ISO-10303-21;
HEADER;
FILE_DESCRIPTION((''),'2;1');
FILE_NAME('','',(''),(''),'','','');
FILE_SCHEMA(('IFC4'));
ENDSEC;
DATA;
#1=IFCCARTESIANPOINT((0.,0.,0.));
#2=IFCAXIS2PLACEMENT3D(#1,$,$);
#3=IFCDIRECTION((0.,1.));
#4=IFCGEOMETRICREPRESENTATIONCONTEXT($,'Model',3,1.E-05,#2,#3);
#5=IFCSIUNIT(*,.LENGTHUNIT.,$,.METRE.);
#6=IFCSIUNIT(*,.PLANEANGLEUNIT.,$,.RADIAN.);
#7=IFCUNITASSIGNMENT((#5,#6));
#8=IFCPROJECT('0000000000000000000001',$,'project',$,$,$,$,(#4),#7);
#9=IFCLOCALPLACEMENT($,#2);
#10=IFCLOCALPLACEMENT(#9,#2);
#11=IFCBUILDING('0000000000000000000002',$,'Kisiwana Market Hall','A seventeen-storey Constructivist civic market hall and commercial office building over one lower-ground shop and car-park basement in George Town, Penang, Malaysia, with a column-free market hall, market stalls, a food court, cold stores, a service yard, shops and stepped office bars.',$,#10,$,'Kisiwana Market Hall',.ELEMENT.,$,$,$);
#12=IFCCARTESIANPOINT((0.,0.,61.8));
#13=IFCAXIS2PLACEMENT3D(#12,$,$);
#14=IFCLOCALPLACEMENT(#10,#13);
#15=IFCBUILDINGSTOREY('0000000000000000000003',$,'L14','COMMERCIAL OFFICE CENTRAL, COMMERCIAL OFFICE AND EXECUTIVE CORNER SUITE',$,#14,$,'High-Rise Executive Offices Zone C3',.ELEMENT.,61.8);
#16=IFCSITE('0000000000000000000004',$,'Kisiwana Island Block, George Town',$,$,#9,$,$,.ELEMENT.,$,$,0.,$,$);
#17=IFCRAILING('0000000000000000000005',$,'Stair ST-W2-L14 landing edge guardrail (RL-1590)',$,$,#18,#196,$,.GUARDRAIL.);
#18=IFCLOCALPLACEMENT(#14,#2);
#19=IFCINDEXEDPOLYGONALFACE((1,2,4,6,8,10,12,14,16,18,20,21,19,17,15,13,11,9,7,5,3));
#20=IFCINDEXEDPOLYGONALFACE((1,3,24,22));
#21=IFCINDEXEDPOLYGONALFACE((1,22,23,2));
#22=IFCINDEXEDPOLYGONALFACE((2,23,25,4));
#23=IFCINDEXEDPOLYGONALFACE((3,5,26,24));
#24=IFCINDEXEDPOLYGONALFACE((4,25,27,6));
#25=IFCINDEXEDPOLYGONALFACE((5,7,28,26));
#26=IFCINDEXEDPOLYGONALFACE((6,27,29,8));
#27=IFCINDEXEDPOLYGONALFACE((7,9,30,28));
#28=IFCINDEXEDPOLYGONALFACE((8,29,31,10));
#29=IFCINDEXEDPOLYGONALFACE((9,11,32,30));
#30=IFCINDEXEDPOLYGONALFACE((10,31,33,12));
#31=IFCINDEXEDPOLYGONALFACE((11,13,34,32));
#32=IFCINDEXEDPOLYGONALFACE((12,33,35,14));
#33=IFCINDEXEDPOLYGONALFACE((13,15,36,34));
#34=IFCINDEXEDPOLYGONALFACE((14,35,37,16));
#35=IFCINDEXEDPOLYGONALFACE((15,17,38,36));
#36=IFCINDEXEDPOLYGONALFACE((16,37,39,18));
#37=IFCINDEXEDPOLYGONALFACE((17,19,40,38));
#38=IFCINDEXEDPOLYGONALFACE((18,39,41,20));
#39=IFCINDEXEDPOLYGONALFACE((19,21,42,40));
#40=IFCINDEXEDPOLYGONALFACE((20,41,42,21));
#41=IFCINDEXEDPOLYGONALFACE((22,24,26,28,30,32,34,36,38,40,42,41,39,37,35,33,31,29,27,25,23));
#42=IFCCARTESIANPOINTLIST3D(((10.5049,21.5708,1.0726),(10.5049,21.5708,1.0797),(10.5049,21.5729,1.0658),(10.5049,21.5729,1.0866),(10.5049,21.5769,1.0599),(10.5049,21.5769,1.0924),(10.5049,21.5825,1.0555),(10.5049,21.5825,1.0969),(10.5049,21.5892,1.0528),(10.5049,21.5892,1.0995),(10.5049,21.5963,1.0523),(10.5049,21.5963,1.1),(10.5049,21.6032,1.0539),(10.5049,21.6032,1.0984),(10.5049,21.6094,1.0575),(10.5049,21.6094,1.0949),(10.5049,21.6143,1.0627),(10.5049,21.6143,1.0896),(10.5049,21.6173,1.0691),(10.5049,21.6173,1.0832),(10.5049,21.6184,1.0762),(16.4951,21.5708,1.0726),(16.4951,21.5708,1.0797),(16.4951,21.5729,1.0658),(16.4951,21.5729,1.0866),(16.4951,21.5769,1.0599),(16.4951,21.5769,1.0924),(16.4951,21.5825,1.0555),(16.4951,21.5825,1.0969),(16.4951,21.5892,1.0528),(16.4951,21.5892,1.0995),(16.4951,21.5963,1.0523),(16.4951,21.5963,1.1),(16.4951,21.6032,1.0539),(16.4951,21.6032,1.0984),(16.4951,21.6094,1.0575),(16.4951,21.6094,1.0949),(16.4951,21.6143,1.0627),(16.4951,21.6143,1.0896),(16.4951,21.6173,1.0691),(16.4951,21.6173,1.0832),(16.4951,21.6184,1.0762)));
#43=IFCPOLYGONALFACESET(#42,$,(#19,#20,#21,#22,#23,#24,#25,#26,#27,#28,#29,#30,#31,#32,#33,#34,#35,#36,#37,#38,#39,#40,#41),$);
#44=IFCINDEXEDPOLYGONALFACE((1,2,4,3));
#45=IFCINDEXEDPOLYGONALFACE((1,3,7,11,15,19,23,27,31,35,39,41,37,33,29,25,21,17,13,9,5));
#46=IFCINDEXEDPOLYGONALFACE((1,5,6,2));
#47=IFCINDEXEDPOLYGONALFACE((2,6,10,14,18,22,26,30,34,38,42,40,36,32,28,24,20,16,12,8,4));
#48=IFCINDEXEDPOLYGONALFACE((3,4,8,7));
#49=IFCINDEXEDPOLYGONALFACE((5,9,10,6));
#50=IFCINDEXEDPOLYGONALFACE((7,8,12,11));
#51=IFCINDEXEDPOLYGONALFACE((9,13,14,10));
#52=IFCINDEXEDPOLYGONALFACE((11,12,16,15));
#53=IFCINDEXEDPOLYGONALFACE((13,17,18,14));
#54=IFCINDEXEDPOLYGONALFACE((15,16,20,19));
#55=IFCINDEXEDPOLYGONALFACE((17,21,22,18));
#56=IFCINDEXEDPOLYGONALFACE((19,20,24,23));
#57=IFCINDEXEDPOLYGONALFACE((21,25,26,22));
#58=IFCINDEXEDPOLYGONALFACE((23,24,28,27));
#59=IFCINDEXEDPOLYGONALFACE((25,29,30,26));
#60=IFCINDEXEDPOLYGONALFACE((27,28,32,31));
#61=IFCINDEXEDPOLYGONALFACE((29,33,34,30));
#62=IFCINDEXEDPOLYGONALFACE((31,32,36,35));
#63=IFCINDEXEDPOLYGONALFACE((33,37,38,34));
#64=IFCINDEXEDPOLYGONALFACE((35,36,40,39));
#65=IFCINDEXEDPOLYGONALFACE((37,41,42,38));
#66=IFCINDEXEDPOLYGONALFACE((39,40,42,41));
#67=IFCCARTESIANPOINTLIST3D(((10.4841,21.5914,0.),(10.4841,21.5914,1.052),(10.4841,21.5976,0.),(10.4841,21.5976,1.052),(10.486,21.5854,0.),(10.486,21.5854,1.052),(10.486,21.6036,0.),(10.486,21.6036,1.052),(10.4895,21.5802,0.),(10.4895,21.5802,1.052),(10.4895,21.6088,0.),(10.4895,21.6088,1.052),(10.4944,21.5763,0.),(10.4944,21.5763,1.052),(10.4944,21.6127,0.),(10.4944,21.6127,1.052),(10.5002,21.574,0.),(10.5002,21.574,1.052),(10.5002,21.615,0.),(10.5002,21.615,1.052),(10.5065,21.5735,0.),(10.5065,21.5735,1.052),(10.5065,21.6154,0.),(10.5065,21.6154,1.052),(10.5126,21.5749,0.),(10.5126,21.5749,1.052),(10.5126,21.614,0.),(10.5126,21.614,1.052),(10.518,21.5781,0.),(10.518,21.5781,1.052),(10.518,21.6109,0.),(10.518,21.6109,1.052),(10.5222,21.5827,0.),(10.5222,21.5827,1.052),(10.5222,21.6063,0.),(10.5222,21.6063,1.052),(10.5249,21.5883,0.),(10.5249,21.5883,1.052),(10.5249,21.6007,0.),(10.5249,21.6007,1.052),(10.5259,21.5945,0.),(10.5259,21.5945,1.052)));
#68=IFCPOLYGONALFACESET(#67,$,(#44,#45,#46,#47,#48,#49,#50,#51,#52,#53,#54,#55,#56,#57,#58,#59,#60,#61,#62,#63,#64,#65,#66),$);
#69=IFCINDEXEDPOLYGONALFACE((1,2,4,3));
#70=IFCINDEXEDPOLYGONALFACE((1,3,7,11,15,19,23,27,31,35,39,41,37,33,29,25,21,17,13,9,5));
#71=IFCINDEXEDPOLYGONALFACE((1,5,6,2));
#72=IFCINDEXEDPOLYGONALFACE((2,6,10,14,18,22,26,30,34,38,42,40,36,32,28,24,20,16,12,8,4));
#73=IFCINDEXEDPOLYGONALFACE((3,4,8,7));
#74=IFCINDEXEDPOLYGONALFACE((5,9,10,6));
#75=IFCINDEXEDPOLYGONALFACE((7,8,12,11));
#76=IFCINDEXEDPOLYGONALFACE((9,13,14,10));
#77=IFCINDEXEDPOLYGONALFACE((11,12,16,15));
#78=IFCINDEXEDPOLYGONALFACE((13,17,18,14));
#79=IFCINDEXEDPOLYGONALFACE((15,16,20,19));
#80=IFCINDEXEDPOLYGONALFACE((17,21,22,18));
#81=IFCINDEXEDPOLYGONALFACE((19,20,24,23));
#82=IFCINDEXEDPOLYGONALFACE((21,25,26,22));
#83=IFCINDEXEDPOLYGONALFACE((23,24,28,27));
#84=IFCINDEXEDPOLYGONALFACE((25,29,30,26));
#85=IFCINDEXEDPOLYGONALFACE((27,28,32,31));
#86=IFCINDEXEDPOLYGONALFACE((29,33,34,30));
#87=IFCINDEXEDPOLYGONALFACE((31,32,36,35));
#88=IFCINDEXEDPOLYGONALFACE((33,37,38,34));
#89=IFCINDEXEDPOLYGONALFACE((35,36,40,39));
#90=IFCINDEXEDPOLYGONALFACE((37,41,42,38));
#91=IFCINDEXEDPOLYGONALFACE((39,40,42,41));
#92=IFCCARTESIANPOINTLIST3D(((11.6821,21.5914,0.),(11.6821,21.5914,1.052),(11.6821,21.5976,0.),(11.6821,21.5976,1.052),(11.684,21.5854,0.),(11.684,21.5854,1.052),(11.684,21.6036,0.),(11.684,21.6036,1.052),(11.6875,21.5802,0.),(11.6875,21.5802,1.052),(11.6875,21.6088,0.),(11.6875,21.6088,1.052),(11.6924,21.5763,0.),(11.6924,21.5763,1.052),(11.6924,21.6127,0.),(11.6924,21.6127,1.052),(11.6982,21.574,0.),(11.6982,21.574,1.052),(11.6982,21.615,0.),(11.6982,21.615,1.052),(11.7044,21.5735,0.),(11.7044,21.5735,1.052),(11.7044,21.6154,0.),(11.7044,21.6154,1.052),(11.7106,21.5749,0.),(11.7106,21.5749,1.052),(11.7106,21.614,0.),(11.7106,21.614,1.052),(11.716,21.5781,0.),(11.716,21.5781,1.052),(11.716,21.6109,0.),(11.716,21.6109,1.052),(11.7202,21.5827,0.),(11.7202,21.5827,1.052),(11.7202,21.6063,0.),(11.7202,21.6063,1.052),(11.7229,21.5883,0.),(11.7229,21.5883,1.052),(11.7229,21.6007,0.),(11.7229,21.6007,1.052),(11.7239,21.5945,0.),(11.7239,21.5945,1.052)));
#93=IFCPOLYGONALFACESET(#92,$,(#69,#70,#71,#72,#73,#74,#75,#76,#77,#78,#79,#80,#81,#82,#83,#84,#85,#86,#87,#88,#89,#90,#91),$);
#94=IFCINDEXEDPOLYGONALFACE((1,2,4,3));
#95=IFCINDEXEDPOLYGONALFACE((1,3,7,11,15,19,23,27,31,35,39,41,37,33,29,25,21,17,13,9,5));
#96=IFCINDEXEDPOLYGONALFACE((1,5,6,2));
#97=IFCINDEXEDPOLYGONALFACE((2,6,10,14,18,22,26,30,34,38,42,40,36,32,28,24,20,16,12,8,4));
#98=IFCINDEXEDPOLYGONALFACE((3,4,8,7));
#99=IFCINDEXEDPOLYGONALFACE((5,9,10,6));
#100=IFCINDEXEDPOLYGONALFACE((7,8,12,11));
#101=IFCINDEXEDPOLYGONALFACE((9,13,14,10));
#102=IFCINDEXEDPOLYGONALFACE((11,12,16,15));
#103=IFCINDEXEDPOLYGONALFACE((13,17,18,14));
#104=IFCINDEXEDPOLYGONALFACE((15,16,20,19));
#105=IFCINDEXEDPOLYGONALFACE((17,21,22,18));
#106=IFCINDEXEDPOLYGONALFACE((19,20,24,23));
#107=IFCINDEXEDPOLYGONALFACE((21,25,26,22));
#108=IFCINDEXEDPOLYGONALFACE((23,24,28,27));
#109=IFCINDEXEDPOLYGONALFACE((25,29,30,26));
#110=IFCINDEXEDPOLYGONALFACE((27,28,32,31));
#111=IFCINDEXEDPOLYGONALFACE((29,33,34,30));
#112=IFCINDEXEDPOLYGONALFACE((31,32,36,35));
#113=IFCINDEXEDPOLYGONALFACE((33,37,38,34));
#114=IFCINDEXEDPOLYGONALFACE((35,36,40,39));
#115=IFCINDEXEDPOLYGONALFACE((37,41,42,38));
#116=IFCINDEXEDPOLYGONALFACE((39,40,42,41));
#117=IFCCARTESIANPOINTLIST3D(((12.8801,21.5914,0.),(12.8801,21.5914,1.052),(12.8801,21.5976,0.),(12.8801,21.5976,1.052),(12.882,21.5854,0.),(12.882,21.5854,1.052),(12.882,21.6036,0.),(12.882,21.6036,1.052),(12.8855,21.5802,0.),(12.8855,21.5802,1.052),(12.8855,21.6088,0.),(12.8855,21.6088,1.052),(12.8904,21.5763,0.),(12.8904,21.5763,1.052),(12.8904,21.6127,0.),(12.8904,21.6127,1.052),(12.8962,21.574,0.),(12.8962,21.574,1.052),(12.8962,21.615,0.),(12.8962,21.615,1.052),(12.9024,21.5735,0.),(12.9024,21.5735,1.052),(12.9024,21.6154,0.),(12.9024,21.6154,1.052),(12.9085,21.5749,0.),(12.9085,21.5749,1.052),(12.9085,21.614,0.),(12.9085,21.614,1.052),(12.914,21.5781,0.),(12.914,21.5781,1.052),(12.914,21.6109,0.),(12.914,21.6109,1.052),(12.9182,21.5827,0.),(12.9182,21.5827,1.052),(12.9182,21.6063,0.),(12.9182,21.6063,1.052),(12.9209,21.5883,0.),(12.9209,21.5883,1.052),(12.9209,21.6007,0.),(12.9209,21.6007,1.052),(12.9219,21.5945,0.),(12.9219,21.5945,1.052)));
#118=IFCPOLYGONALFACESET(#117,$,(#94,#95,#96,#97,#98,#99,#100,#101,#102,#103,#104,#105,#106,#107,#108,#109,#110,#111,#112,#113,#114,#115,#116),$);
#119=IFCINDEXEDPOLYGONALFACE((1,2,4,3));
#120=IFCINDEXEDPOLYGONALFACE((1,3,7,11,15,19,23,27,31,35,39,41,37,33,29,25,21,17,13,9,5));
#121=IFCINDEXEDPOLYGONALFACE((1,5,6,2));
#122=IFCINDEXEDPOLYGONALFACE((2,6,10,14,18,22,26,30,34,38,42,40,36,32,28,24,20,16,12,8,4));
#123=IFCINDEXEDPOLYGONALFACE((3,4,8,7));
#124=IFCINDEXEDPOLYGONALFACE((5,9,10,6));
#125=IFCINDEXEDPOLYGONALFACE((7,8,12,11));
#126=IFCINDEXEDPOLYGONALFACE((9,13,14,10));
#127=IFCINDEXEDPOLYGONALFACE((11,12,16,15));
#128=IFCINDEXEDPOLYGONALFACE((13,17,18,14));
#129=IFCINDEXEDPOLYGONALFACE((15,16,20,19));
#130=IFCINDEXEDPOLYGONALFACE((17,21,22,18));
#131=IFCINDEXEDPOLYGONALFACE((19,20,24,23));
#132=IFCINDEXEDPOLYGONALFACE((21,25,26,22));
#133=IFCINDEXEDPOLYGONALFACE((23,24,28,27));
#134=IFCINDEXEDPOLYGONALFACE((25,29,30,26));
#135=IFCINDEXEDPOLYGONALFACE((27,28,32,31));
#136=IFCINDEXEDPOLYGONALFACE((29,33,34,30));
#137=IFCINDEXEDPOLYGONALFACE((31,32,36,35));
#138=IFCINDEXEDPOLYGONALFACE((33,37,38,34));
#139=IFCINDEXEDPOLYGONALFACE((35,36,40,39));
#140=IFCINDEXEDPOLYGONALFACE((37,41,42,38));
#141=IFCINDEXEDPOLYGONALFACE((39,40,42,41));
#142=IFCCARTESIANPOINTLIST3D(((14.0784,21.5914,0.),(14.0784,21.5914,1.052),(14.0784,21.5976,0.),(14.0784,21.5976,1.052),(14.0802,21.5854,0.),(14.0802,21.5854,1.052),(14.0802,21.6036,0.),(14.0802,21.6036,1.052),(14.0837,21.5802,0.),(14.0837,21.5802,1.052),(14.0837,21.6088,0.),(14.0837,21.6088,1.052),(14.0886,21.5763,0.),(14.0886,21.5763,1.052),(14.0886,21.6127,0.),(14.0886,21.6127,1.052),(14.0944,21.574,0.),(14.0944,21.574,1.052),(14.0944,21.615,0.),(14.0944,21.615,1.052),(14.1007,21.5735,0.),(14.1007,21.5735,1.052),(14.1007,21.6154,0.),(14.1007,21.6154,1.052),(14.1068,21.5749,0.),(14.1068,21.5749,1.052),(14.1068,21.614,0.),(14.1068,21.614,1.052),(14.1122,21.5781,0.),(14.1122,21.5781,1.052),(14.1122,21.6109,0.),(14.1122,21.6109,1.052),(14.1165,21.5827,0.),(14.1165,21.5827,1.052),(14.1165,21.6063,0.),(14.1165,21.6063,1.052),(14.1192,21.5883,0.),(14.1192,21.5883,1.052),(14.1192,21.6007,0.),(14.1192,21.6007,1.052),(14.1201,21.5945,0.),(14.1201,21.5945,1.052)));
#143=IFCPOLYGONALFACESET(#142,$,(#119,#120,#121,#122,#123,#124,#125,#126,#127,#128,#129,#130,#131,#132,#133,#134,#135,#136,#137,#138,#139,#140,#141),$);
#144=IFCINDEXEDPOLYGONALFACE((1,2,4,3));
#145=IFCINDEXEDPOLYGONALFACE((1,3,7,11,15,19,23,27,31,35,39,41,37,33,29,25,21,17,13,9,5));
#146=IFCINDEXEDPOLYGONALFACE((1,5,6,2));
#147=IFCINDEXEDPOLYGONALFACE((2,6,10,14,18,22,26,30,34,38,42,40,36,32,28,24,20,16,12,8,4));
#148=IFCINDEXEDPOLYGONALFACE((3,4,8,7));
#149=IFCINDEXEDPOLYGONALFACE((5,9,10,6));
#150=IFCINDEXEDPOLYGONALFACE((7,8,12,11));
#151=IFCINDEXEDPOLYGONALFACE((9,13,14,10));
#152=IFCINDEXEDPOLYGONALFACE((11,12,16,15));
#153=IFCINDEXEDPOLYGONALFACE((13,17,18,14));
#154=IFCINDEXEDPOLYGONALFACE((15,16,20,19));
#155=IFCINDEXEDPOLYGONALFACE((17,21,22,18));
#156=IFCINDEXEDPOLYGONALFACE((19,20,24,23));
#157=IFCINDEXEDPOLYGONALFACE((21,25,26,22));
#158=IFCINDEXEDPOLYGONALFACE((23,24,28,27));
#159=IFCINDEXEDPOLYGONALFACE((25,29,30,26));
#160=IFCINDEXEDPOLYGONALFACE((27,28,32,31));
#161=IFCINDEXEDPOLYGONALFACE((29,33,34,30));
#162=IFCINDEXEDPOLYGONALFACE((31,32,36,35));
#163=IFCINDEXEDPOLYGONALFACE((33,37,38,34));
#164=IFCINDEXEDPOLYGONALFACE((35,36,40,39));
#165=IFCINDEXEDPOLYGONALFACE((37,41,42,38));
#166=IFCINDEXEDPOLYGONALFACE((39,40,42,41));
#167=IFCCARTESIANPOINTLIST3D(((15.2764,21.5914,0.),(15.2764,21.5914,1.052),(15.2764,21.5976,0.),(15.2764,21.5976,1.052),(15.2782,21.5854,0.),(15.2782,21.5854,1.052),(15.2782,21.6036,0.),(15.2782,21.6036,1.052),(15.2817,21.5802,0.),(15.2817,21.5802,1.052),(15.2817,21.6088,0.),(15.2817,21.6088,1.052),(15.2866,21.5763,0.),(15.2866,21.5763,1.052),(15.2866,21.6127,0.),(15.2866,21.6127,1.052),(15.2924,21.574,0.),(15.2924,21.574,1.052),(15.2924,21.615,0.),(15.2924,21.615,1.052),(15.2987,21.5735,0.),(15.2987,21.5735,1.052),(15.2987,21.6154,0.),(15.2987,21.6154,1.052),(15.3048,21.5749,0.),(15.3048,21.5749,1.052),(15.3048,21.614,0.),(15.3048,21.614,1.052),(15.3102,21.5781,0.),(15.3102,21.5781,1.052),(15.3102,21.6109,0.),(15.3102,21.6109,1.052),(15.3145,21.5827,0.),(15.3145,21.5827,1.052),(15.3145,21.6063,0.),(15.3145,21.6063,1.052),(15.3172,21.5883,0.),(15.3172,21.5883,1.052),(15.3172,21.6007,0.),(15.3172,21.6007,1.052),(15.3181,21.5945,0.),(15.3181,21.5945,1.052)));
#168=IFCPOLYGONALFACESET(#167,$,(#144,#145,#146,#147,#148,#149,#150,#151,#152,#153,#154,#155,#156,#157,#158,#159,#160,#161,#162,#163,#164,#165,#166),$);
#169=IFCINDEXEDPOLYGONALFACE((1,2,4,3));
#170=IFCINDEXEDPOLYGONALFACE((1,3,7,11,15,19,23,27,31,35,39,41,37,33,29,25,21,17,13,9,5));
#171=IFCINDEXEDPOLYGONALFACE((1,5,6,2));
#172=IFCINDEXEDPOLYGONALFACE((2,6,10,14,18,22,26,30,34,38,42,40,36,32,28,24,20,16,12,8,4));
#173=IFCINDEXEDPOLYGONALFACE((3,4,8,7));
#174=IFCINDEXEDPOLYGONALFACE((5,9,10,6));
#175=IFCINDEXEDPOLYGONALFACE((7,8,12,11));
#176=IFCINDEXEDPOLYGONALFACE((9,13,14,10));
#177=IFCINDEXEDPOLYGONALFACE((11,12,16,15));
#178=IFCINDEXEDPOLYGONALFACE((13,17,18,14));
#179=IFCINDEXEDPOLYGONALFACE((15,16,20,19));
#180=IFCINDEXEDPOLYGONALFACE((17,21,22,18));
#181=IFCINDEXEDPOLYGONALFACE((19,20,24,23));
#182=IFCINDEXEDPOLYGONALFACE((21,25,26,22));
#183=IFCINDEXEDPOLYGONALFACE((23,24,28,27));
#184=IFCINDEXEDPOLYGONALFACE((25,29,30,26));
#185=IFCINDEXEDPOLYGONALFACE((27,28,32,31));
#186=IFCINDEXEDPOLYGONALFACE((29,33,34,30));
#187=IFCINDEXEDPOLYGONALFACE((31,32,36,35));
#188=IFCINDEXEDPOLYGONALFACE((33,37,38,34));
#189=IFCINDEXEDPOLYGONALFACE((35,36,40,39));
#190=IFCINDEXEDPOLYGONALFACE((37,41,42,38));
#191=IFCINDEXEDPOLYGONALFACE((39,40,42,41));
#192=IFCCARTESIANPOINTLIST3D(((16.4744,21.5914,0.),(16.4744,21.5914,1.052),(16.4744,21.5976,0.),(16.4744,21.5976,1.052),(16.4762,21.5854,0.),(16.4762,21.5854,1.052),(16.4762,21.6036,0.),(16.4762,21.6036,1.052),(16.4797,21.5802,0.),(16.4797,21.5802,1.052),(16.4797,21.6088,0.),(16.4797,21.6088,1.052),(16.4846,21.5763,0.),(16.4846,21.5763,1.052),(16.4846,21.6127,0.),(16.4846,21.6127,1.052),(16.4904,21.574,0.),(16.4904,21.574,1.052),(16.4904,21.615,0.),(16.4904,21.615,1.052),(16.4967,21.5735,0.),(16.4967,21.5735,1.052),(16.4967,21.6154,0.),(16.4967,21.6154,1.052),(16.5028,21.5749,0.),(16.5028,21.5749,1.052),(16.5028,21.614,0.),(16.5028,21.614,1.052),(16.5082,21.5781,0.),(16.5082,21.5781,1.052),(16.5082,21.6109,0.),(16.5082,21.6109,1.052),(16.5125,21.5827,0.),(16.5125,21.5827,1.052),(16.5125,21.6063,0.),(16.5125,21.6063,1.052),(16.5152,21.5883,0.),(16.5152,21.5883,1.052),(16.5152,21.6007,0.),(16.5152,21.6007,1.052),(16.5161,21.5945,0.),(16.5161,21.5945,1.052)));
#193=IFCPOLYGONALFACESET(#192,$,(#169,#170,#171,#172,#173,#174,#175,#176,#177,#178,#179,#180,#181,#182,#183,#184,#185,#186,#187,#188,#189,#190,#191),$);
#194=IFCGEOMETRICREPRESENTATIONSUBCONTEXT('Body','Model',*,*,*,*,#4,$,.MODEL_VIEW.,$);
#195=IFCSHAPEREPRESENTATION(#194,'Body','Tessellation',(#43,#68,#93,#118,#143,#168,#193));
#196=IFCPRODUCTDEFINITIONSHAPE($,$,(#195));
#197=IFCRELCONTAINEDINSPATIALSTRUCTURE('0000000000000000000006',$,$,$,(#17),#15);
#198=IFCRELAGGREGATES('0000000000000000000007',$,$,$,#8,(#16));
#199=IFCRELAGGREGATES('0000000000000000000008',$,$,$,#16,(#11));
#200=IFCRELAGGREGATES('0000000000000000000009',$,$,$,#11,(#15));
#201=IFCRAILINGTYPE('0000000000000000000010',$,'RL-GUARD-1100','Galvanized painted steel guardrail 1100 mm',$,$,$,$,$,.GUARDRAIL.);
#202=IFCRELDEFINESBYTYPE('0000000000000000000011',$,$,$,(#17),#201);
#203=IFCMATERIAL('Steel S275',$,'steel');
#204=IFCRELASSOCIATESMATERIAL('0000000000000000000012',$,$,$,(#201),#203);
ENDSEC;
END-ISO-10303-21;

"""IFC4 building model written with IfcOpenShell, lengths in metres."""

from ifc_helpers import new_model, si_unit, direction, frame, origin, origin_2d, place, context, subcontext, project, spatial, circle, extrude, material, type_object, element, save


model = new_model("IFC4")

# Units and contexts
model_context = context("Model", 3, precision=1e-05, world=origin(), true_north=direction((0.0, 1.0)))
body_context = subcontext(model_context, "Body", "Model", "MODEL_VIEW")
ifc_project = project(units=[si_unit("LENGTHUNIT", "METRE"), si_unit("PLANEANGLEUNIT", "RADIAN")], contexts=[model_context])

# Site, building, storey
site_placement = place(None, origin())
site = spatial("IfcSite", under=ifc_project, at=site_placement, Name="Kisiwana Island Block, George Town", CompositionType="ELEMENT", RefElevation=0.0)
building_placement = place(site_placement, origin())
building = spatial("IfcBuilding", under=site, at=building_placement, Name="Kisiwana Market Hall", Description="A seventeen-storey Constructivist civic market hall and commercial office building over one lower-ground shop and car-park basement in George Town, Penang, Malaysia, with a column-free market hall, market stalls, a food court, cold stores, a service yard, shops and stepped office bars.", LongName="Kisiwana Market Hall", CompositionType="ELEMENT")
storey_placement = place(building_placement, frame((0.0, 0.0, 61.8)))
storey = spatial("IfcBuildingStorey", under=building, at=storey_placement, Name="L14", Description="COMMERCIAL OFFICE CENTRAL, COMMERCIAL OFFICE AND EXECUTIVE CORNER SUITE", LongName="High-Rise Executive Offices Zone C3", CompositionType="ELEMENT", Elevation=61.8)

# Railing
ifc_material_1 = material(Name="Steel S275", Category="steel")
railing_type_1 = type_object("IfcRailingType", Name="RL-GUARD-1100", Description="Galvanized painted steel guardrail 1100 mm", PredefinedType="GUARDRAIL", material=ifc_material_1)
railing_1_placement = place(storey_placement, frame((10.5049, 21.5945, 0.0)))
element("IfcRailing", 1, at=railing_1_placement, inside=storey, type_object=railing_type_1, Name="Stair ST-W2-L14 landing edge guardrail (RL-1590)", PredefinedType="GUARDRAIL", context=body_context, shape_type="SweptSolid", body=[
    extrude(circle(Radius=0.0239, at=origin_2d()), frame((0.0, 0.0, 1.0762), z_axis=(1.0, 0.0, 0.0), x_axis=(0.0, 1.0, 0.0)), (0.0, 0.0, 1.0), 5.9902),
    extrude(circle(Radius=0.021, at=origin_2d()), origin(), (0.0, 0.0, 1.0), 1.052),
    extrude(circle(Radius=0.021, at=origin_2d()), frame((1.198, 0.0, 0.0)), (0.0, 0.0, 1.0), 1.052),
    extrude(circle(Radius=0.021, at=origin_2d()), frame((2.396, 0.0, 0.0)), (0.0, 0.0, 1.0), 1.052),
    extrude(circle(Radius=0.021, at=origin_2d()), frame((3.5942, 0.0, 0.0)), (0.0, 0.0, 1.0), 1.052),
    extrude(circle(Radius=0.021, at=origin_2d()), frame((4.7922, 0.0, 0.0)), (0.0, 0.0, 1.0), 1.052),
    extrude(circle(Radius=0.021, at=origin_2d()), frame((5.9902, 0.0, 0.0)), (0.0, 0.0, 1.0), 1.052),
])

save(model, "model.ifc")
